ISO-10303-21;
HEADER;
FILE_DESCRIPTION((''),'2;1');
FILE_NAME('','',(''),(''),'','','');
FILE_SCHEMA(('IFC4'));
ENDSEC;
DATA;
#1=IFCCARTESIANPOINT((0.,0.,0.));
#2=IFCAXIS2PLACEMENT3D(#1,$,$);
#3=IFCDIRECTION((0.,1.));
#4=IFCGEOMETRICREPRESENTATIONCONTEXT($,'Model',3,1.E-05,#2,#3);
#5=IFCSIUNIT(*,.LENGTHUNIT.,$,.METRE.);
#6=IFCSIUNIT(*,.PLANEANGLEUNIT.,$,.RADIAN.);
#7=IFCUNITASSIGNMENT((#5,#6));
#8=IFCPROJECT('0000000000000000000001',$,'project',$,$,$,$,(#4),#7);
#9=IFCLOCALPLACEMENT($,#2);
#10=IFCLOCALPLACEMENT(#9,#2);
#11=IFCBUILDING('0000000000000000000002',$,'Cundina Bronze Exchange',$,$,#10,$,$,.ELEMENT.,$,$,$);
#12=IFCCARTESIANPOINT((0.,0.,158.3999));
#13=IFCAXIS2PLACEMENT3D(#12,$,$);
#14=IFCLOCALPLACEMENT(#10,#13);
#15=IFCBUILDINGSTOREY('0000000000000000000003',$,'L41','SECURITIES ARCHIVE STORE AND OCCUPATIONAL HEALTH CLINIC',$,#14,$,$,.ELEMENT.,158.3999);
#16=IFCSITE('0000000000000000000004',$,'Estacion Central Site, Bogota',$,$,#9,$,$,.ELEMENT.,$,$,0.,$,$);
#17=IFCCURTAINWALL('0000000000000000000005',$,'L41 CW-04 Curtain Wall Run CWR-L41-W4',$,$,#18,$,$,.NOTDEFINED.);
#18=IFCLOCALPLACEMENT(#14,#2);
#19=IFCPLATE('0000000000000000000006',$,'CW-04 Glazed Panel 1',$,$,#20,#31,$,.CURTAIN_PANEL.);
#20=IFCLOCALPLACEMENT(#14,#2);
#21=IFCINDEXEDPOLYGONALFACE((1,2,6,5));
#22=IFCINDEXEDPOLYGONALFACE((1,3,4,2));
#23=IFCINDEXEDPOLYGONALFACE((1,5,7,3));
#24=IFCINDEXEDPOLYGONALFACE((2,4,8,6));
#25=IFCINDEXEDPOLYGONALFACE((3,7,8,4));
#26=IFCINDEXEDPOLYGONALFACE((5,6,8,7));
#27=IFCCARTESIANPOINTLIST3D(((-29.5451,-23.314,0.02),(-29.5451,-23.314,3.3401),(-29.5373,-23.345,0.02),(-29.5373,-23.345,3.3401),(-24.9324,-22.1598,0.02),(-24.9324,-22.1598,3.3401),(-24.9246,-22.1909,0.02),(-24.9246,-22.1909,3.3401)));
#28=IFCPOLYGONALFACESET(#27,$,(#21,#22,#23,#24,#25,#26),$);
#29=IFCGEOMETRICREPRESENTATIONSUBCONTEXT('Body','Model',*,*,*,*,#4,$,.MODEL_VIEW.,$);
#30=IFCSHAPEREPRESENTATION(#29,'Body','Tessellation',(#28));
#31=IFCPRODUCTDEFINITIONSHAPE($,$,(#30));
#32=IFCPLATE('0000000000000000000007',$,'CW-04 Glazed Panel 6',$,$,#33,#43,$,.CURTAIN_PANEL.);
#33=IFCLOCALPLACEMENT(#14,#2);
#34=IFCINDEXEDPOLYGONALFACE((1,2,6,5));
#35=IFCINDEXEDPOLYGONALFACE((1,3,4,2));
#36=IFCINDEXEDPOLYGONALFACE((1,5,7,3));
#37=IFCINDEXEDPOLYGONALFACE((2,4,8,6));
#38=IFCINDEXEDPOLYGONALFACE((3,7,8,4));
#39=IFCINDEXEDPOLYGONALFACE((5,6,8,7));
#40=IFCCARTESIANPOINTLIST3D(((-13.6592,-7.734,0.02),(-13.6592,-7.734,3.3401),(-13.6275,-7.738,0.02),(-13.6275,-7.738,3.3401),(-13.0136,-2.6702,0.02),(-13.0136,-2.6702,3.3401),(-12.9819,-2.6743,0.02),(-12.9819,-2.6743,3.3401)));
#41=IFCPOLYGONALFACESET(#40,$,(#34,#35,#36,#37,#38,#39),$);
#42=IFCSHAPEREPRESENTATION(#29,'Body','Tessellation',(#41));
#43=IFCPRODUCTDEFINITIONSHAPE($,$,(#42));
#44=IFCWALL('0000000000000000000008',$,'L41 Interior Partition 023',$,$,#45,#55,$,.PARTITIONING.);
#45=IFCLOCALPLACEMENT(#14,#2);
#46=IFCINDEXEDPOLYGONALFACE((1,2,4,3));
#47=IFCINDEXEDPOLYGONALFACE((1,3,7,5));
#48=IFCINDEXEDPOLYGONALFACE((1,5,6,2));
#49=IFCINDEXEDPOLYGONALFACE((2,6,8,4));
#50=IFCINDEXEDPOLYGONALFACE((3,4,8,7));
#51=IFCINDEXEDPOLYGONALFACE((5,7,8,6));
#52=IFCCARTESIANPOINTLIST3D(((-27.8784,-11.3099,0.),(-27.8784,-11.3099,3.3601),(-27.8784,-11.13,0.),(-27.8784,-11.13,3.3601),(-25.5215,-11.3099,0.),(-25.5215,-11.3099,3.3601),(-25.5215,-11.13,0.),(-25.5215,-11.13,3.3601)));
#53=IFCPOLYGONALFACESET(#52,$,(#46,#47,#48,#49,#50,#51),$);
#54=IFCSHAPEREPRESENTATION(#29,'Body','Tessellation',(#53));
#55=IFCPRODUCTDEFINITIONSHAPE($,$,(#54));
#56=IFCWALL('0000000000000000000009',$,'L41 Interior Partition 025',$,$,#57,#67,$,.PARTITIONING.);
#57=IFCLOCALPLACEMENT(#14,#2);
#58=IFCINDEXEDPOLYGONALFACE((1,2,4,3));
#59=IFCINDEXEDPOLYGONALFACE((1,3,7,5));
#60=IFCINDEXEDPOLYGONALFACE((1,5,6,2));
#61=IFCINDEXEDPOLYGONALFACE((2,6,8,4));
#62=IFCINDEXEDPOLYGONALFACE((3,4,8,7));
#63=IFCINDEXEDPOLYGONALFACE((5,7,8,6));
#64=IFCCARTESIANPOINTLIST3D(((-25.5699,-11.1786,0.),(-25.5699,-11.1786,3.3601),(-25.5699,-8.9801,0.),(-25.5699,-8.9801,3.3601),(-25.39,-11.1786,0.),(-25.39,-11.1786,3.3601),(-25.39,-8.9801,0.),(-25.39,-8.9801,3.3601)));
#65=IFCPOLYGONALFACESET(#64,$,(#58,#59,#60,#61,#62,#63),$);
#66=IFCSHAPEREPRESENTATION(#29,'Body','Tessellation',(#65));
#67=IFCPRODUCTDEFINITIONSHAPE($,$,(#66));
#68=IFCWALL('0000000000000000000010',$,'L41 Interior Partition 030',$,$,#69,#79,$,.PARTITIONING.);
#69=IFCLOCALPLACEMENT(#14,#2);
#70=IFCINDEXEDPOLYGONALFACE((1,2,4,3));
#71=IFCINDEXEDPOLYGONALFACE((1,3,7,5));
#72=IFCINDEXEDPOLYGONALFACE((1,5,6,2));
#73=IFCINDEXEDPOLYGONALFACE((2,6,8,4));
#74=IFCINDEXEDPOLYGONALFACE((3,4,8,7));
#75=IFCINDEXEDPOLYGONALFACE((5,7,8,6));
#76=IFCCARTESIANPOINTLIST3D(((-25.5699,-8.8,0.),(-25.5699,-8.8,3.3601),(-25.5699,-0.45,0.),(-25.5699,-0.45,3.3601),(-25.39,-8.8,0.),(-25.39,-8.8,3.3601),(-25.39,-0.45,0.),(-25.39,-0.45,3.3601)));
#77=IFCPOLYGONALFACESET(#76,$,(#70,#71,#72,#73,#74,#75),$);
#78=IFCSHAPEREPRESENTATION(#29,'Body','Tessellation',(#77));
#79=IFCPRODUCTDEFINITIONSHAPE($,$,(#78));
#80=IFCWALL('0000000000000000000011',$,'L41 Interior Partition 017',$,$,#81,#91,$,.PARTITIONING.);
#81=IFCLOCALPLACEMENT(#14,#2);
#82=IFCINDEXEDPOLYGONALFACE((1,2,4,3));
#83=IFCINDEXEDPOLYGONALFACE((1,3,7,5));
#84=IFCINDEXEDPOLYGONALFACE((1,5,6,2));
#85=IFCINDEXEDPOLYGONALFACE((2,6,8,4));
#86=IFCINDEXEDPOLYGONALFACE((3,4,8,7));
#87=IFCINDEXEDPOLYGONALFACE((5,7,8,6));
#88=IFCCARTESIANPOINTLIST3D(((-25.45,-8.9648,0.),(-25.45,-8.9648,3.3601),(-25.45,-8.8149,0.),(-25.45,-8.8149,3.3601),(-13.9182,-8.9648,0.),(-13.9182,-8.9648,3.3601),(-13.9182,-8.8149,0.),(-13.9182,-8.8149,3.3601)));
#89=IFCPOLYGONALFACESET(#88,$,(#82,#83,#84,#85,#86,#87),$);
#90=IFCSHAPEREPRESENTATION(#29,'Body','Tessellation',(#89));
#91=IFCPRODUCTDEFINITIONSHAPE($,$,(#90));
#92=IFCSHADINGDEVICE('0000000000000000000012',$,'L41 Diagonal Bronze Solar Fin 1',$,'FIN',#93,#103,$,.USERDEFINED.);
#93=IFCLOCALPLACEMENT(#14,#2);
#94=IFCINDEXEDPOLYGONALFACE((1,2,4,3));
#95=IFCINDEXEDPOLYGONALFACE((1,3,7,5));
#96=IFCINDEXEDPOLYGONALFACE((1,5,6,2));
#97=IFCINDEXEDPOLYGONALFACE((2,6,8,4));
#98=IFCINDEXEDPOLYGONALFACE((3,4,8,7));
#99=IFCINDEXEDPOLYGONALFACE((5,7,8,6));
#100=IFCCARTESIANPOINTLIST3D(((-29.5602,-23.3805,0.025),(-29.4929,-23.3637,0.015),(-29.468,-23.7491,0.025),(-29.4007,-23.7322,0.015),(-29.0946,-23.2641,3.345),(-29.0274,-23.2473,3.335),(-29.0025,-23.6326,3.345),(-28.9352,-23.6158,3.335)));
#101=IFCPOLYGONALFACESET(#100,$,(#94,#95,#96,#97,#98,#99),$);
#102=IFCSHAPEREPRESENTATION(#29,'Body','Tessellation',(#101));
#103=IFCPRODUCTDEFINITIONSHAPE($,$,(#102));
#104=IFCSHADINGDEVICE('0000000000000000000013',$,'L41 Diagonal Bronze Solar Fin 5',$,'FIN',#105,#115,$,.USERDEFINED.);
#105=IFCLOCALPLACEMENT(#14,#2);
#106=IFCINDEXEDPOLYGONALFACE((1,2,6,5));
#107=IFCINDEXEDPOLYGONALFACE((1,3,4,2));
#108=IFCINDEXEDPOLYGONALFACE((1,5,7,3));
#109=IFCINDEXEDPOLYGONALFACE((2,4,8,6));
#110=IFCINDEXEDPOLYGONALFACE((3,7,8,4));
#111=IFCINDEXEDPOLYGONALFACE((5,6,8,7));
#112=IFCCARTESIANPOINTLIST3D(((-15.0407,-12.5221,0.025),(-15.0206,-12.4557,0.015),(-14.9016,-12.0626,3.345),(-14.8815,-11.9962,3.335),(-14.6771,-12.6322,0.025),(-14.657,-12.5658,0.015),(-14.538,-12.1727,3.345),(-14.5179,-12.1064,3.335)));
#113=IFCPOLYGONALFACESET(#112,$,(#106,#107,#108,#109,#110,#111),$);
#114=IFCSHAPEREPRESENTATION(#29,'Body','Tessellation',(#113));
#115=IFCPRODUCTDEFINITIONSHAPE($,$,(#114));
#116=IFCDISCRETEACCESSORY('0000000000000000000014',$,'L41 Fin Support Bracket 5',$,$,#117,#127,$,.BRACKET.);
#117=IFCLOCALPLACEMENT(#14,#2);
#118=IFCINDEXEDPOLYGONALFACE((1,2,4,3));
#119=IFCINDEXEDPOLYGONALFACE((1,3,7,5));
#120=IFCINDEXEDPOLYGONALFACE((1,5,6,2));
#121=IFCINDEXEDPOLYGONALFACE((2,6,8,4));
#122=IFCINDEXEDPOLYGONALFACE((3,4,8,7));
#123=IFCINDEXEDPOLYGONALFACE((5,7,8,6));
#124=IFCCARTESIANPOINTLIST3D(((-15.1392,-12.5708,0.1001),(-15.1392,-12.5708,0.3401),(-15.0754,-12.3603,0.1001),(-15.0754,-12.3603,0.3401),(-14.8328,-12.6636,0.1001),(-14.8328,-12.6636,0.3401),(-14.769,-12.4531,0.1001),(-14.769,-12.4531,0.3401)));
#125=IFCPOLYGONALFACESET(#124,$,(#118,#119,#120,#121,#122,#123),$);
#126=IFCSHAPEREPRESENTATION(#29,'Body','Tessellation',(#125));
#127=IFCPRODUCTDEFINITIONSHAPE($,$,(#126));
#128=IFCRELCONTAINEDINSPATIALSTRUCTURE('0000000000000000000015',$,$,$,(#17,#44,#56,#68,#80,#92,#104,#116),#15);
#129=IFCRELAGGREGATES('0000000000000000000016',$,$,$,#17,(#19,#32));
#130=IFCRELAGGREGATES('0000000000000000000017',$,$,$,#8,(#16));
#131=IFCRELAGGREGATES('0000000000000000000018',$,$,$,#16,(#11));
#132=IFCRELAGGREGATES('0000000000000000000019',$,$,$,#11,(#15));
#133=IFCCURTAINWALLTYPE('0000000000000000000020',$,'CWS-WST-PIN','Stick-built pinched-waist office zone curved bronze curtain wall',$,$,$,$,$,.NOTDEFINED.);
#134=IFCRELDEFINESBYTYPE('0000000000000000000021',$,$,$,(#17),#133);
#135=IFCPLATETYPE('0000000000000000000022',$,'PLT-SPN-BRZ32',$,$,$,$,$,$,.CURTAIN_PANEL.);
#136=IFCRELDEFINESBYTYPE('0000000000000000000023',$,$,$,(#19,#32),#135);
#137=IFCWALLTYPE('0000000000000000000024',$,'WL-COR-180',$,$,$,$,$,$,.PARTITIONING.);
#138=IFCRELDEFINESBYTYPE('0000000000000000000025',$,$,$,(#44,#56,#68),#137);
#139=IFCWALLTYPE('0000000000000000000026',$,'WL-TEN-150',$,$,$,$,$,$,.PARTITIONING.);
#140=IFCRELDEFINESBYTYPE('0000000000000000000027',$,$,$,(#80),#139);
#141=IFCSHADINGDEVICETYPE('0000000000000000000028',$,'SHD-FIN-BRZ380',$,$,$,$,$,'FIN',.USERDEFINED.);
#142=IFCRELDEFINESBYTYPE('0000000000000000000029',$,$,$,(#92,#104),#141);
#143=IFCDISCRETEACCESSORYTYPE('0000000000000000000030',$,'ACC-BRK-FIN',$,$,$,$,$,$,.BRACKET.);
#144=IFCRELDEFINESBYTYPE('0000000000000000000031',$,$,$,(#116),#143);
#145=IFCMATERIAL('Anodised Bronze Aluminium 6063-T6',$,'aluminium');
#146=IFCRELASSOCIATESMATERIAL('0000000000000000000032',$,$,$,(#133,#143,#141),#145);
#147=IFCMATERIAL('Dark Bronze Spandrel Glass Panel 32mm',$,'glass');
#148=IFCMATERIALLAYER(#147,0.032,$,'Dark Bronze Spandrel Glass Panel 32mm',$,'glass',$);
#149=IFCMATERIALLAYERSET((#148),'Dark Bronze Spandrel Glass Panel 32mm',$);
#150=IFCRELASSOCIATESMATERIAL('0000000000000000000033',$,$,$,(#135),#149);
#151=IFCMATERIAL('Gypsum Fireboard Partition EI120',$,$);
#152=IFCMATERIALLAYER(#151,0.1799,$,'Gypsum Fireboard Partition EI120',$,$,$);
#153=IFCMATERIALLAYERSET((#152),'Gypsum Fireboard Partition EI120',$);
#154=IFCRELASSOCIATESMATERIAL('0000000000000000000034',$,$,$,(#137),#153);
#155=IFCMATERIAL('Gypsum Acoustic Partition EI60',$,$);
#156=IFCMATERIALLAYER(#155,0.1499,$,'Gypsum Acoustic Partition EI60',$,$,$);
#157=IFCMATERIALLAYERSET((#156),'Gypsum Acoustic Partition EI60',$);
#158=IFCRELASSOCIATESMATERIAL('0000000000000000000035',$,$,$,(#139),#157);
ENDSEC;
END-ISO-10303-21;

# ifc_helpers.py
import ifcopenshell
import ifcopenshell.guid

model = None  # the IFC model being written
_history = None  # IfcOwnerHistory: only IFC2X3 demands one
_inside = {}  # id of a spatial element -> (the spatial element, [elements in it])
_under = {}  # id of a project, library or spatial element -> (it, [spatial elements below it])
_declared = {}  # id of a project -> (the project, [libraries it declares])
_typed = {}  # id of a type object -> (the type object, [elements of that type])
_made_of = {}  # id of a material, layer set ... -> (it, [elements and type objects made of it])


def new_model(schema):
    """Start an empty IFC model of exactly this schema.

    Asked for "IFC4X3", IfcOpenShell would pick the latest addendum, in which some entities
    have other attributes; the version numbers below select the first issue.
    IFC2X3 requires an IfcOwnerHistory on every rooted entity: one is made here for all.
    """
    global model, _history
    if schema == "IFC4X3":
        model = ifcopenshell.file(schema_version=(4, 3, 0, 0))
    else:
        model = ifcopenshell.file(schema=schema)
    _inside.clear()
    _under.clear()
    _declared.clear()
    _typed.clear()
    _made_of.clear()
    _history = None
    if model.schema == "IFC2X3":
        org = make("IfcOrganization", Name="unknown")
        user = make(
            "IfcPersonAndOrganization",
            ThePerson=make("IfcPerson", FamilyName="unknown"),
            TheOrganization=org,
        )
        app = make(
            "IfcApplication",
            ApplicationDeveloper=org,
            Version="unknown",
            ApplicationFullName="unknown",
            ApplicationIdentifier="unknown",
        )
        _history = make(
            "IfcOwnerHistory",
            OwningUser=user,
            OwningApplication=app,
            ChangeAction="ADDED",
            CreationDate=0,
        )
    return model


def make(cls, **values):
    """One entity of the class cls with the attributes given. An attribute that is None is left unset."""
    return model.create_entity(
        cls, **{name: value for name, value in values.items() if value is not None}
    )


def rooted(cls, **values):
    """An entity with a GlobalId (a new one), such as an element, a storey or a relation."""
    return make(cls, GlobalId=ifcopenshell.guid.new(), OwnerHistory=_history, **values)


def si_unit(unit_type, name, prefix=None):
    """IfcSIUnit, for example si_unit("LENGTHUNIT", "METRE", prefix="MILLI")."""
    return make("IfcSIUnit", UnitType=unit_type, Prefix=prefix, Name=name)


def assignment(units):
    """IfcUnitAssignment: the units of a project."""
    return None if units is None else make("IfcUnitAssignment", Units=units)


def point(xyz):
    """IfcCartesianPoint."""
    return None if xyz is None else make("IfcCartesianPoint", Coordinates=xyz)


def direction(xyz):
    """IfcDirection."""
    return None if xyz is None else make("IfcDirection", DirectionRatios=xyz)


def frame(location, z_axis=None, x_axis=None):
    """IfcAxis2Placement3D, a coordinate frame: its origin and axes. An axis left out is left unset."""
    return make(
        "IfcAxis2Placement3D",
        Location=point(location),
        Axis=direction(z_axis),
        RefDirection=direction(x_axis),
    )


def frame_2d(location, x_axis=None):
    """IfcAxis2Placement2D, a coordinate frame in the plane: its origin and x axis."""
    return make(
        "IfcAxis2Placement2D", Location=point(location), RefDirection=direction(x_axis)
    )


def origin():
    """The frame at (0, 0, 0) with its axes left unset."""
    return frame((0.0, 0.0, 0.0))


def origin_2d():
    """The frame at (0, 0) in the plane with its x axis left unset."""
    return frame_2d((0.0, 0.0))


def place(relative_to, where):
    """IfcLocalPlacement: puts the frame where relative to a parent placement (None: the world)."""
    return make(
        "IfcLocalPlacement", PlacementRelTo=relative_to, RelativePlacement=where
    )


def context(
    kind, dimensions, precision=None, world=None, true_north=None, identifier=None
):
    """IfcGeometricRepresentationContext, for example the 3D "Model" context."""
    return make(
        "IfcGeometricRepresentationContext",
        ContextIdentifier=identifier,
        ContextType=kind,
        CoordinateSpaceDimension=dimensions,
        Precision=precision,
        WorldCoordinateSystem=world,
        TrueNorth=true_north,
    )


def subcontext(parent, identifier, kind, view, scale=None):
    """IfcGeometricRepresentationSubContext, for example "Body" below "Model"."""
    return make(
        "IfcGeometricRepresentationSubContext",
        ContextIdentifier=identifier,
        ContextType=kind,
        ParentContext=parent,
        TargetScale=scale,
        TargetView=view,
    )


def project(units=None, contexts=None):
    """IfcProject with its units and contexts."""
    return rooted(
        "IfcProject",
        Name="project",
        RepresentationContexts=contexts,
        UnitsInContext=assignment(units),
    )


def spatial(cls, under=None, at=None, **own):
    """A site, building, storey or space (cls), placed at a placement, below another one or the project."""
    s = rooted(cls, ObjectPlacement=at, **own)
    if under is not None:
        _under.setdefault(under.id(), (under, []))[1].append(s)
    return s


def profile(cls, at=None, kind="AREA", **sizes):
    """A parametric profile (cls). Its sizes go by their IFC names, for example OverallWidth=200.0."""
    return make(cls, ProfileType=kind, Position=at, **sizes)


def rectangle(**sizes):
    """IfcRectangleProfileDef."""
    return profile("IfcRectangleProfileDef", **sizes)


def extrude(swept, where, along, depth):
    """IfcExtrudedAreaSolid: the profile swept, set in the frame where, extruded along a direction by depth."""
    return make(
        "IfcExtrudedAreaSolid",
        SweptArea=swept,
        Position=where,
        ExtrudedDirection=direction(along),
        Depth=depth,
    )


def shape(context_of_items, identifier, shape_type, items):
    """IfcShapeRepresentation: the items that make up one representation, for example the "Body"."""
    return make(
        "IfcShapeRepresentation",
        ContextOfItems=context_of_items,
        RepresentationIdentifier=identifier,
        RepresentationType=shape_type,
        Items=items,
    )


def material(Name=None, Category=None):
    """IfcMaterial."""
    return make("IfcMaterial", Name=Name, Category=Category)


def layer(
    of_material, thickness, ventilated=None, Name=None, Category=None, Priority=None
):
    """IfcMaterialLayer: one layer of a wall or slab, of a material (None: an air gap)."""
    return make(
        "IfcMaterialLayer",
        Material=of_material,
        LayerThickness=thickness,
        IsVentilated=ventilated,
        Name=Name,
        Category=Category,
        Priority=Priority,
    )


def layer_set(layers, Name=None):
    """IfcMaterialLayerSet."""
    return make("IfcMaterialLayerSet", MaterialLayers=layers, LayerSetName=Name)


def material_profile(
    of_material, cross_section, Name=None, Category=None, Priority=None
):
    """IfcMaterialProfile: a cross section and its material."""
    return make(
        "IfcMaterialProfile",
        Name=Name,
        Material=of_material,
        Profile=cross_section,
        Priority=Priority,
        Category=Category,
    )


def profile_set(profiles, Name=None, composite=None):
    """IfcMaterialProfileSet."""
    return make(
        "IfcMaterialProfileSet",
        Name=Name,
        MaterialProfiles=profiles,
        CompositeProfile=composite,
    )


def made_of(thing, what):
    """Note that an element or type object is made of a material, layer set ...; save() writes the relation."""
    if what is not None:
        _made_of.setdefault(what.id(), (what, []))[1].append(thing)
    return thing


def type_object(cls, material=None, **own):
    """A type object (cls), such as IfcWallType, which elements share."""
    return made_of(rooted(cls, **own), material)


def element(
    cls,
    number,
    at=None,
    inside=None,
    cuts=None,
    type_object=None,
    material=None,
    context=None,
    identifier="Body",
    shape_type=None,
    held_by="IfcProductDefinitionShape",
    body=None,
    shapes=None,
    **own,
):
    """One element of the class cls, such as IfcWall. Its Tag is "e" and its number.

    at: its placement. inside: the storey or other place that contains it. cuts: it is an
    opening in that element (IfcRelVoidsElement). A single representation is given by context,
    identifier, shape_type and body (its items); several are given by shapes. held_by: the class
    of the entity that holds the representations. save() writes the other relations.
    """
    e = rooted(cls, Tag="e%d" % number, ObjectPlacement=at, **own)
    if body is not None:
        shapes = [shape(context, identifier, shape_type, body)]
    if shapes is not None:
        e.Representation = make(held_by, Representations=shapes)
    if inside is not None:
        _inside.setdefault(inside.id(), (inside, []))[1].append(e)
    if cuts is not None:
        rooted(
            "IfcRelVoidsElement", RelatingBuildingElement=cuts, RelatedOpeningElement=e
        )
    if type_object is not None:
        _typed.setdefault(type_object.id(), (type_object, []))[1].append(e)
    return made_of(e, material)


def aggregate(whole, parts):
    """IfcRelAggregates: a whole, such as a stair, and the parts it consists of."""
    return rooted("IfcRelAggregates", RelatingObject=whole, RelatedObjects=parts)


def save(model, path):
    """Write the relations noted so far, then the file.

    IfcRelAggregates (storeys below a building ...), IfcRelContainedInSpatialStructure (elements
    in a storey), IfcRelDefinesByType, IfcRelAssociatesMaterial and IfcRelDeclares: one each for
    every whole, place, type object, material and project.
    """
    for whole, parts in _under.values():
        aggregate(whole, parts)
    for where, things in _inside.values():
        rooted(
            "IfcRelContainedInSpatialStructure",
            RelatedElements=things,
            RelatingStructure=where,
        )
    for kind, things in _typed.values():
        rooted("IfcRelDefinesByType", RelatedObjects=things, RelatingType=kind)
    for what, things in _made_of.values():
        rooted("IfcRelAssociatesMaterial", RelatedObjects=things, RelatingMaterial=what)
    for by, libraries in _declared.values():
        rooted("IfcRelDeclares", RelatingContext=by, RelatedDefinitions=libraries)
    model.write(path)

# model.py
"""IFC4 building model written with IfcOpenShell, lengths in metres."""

from ifc_helpers import new_model, si_unit, direction, frame, frame_2d, origin, origin_2d, place, context, subcontext, project, spatial, rectangle, extrude, material, layer, layer_set, material_profile, profile_set, type_object, element, aggregate, save


model = new_model("IFC4")

# Units and contexts
model_context = context("Model", 3, precision=1e-05, world=origin(), true_north=direction((0.0, 1.0)))
body_context = subcontext(model_context, "Body", "Model", "MODEL_VIEW")
ifc_project = project(units=[si_unit("LENGTHUNIT", "METRE"), si_unit("PLANEANGLEUNIT", "RADIAN")], contexts=[model_context])

# Site, building, storey
site_placement = place(None, origin())
site = spatial("IfcSite", under=ifc_project, at=site_placement, Name="Estacion Central Site, Bogota", CompositionType="ELEMENT", RefElevation=0.0)
building_placement = place(site_placement, origin())
building = spatial("IfcBuilding", under=site, at=building_placement, Name="Cundina Bronze Exchange", CompositionType="ELEMENT")
storey_placement = place(building_placement, frame((0.0, 0.0, 158.3999)))
storey = spatial("IfcBuildingStorey", under=building, at=storey_placement, Name="L41", Description="SECURITIES ARCHIVE STORE AND OCCUPATIONAL HEALTH CLINIC", CompositionType="ELEMENT", Elevation=158.3999)

# Curtain wall, plates
ifc_material_1 = material(Name="Anodised Bronze Aluminium 6063-T6", Category="aluminium")
curtain_wall_type = type_object("IfcCurtainWallType", Name="CWS-WST-PIN", Description="Stick-built pinched-waist office zone curved bronze curtain wall", PredefinedType="NOTDEFINED", material=ifc_material_1)
curtain_wall_placement = place(storey_placement, origin())
curtain_wall = element("IfcCurtainWall", 1, at=curtain_wall_placement, inside=storey, type_object=curtain_wall_type, Name="L41 CW-04 Curtain Wall Run CWR-L41-W4", PredefinedType="NOTDEFINED")
ifc_material_2 = material(Name="Dark Bronze Spandrel Glass Panel 32mm", Category="glass")
ifc_layer_1 = layer(ifc_material_2, 0.032, Name="Dark Bronze Spandrel Glass Panel 32mm", Category="glass")
ifc_layer_set_1 = layer_set([ifc_layer_1], Name="Dark Bronze Spandrel Glass Panel 32mm")
plate_type_1 = type_object("IfcPlateType", Name="PLT-SPN-BRZ32", PredefinedType="CURTAIN_PANEL", material=ifc_layer_set_1)
plate_1_placement = place(storey_placement, frame((-27.2349, -22.7524, 0.02), z_axis=(0.0, 0.0, 1.0), x_axis=(0.970093, 0.242735, 0.0)))
plate_1 = element("IfcPlate", 2, at=plate_1_placement, type_object=plate_type_1, Name="CW-04 Glazed Panel 1", PredefinedType="CURTAIN_PANEL", context=body_context, shape_type="SweptSolid", body=[
    extrude(rectangle(XDim=4.7549, YDim=0.032, at=origin_2d()), origin(), (0.0, 0.0, 1.0), 3.3201),
])
plate_2_placement = place(storey_placement, frame((-13.3206, -5.2041, 0.02), z_axis=(0.0, 0.0, 1.0), x_axis=(0.126476, 0.99197, 0.0)))
plate_2 = element("IfcPlate", 3, at=plate_2_placement, type_object=plate_type_1, Name="CW-04 Glazed Panel 6", PredefinedType="CURTAIN_PANEL", context=body_context, shape_type="SweptSolid", body=[
    extrude(rectangle(XDim=5.1047, YDim=0.032, at=origin_2d()), origin(), (0.0, 0.0, 1.0), 3.3201),
])
aggregate(curtain_wall, [plate_1, plate_2])

# Wall
ifc_material_3 = material(Name="Gypsum Fireboard Partition EI120")
ifc_layer_2 = layer(ifc_material_3, 0.1799, Name="Gypsum Fireboard Partition EI120")
ifc_layer_set_2 = layer_set([ifc_layer_2], Name="Gypsum Fireboard Partition EI120")
wall_type_1 = type_object("IfcWallType", Name="WL-COR-180", PredefinedType="PARTITIONING", material=ifc_layer_set_2)
wall_1_placement = place(storey_placement, frame((-27.8784, -11.22, 0.0), z_axis=(0.0, 0.0, 1.0), x_axis=(1.0, 0.0, 0.0)))
element("IfcWall", 4, at=wall_1_placement, inside=storey, type_object=wall_type_1, Name="L41 Interior Partition 023", PredefinedType="PARTITIONING", context=body_context, shape_type="SweptSolid", body=[
    extrude(rectangle(XDim=2.3569, YDim=0.1799, at=frame_2d((1.1785, 0.0))), origin(), (0.0, 0.0, 1.0), 3.3601),
])

# Walls
wall_2_placement = place(storey_placement, frame((-25.48, -11.1785, 0.0), z_axis=(0.0, 0.0, 1.0), x_axis=(0.0, 1.0, 0.0)))
element("IfcWall", 5, at=wall_2_placement, inside=storey, type_object=wall_type_1, Name="L41 Interior Partition 025", PredefinedType="PARTITIONING", context=body_context, shape_type="SweptSolid", body=[
    extrude(rectangle(XDim=2.1985, YDim=0.1799, at=frame_2d((1.0991, 0.0))), origin(), (0.0, 0.0, 1.0), 3.3601),
])
wall_3_placement = place(storey_placement, frame((-25.48, -8.8, 0.0), z_axis=(0.0, 0.0, 1.0), x_axis=(0.0, 1.0, 0.0)))
element("IfcWall", 6, at=wall_3_placement, inside=storey, type_object=wall_type_1, Name="L41 Interior Partition 030", PredefinedType="PARTITIONING", context=body_context, shape_type="SweptSolid", body=[
    extrude(rectangle(XDim=8.3501, YDim=0.1799, at=frame_2d((4.175, 0.0))), origin(), (0.0, 0.0, 1.0), 3.3601),
])
ifc_material_4 = material(Name="Gypsum Acoustic Partition EI60")
ifc_layer_3 = layer(ifc_material_4, 0.1499, Name="Gypsum Acoustic Partition EI60")
ifc_layer_set_3 = layer_set([ifc_layer_3], Name="Gypsum Acoustic Partition EI60")
wall_type_2 = type_object("IfcWallType", Name="WL-TEN-150", PredefinedType="PARTITIONING", material=ifc_layer_set_3)
wall_4_placement = place(storey_placement, frame((-25.45, -8.8899, 0.0), z_axis=(0.0, 0.0, 1.0), x_axis=(1.0, 0.0, 0.0)))
element("IfcWall", 7, at=wall_4_placement, inside=storey, type_object=wall_type_2, Name="L41 Interior Partition 017", PredefinedType="PARTITIONING", context=body_context, shape_type="SweptSolid", body=[
    extrude(rectangle(XDim=11.5317, YDim=0.1499, at=frame_2d((5.7659, 0.0))), origin(), (0.0, 0.0, 1.0), 3.3601),
])

# Shading devices
ifc_material_profile_1 = material_profile(ifc_material_1, rectangle(XDim=0.0701, YDim=0.3799, at=origin_2d()), Name="FIN70X380", Category="aluminium")
ifc_profile_set_1 = profile_set([ifc_material_profile_1], Name="Anodised Bronze Aluminium 6063-T6")
shading_device_type = type_object("IfcShadingDeviceType", Name="SHD-FIN-BRZ380", ElementType="FIN", PredefinedType="USERDEFINED", material=ifc_profile_set_1)
for number, where, z_axis, x_axis, name in (
    (8, (-29.4805, -23.5564, 0.02), (0.138788, 0.034715, 0.989713), (-0.960133, -0.240159, 0.143064), "L41 Diagonal Bronze Solar Fin 1"),
    (9, (-14.8489, -12.5439, 0.02), (0.041483, 0.136968, 0.989706), (-0.286883, -0.947216, 0.143112), "L41 Diagonal Bronze Solar Fin 5"),
):
    element("IfcShadingDevice", number, at=place(storey_placement, frame(where, z_axis=z_axis, x_axis=x_axis)), inside=storey, type_object=shading_device_type, Name=name, ObjectType="FIN", PredefinedType="USERDEFINED", context=body_context, shape_type="SweptSolid", body=[
        extrude(rectangle(XDim=0.0701, YDim=0.3799, at=origin_2d()), origin(), (0.0, 0.0, 1.0), 3.3545),
    ])

# Discrete accessory
discrete_accessory_type = type_object("IfcDiscreteAccessoryType", Name="ACC-BRK-FIN", PredefinedType="BRACKET", material=ifc_material_1)
discrete_accessory_placement = place(storey_placement, frame((-14.9541, -12.512, 0.1001), z_axis=(0.0, 0.0, 1.0), x_axis=(0.290051, 0.957011, 0.0)))
element("IfcDiscreteAccessory", 10, at=discrete_accessory_placement, inside=storey, type_object=discrete_accessory_type, Name="L41 Fin Support Bracket 5", PredefinedType="BRACKET", context=body_context, shape_type="SweptSolid", body=[
    extrude(rectangle(XDim=0.22, YDim=0.3201, at=origin_2d()), origin(), (0.0, 0.0, 1.0), 0.24),
])

save(model, "model.ifc")
